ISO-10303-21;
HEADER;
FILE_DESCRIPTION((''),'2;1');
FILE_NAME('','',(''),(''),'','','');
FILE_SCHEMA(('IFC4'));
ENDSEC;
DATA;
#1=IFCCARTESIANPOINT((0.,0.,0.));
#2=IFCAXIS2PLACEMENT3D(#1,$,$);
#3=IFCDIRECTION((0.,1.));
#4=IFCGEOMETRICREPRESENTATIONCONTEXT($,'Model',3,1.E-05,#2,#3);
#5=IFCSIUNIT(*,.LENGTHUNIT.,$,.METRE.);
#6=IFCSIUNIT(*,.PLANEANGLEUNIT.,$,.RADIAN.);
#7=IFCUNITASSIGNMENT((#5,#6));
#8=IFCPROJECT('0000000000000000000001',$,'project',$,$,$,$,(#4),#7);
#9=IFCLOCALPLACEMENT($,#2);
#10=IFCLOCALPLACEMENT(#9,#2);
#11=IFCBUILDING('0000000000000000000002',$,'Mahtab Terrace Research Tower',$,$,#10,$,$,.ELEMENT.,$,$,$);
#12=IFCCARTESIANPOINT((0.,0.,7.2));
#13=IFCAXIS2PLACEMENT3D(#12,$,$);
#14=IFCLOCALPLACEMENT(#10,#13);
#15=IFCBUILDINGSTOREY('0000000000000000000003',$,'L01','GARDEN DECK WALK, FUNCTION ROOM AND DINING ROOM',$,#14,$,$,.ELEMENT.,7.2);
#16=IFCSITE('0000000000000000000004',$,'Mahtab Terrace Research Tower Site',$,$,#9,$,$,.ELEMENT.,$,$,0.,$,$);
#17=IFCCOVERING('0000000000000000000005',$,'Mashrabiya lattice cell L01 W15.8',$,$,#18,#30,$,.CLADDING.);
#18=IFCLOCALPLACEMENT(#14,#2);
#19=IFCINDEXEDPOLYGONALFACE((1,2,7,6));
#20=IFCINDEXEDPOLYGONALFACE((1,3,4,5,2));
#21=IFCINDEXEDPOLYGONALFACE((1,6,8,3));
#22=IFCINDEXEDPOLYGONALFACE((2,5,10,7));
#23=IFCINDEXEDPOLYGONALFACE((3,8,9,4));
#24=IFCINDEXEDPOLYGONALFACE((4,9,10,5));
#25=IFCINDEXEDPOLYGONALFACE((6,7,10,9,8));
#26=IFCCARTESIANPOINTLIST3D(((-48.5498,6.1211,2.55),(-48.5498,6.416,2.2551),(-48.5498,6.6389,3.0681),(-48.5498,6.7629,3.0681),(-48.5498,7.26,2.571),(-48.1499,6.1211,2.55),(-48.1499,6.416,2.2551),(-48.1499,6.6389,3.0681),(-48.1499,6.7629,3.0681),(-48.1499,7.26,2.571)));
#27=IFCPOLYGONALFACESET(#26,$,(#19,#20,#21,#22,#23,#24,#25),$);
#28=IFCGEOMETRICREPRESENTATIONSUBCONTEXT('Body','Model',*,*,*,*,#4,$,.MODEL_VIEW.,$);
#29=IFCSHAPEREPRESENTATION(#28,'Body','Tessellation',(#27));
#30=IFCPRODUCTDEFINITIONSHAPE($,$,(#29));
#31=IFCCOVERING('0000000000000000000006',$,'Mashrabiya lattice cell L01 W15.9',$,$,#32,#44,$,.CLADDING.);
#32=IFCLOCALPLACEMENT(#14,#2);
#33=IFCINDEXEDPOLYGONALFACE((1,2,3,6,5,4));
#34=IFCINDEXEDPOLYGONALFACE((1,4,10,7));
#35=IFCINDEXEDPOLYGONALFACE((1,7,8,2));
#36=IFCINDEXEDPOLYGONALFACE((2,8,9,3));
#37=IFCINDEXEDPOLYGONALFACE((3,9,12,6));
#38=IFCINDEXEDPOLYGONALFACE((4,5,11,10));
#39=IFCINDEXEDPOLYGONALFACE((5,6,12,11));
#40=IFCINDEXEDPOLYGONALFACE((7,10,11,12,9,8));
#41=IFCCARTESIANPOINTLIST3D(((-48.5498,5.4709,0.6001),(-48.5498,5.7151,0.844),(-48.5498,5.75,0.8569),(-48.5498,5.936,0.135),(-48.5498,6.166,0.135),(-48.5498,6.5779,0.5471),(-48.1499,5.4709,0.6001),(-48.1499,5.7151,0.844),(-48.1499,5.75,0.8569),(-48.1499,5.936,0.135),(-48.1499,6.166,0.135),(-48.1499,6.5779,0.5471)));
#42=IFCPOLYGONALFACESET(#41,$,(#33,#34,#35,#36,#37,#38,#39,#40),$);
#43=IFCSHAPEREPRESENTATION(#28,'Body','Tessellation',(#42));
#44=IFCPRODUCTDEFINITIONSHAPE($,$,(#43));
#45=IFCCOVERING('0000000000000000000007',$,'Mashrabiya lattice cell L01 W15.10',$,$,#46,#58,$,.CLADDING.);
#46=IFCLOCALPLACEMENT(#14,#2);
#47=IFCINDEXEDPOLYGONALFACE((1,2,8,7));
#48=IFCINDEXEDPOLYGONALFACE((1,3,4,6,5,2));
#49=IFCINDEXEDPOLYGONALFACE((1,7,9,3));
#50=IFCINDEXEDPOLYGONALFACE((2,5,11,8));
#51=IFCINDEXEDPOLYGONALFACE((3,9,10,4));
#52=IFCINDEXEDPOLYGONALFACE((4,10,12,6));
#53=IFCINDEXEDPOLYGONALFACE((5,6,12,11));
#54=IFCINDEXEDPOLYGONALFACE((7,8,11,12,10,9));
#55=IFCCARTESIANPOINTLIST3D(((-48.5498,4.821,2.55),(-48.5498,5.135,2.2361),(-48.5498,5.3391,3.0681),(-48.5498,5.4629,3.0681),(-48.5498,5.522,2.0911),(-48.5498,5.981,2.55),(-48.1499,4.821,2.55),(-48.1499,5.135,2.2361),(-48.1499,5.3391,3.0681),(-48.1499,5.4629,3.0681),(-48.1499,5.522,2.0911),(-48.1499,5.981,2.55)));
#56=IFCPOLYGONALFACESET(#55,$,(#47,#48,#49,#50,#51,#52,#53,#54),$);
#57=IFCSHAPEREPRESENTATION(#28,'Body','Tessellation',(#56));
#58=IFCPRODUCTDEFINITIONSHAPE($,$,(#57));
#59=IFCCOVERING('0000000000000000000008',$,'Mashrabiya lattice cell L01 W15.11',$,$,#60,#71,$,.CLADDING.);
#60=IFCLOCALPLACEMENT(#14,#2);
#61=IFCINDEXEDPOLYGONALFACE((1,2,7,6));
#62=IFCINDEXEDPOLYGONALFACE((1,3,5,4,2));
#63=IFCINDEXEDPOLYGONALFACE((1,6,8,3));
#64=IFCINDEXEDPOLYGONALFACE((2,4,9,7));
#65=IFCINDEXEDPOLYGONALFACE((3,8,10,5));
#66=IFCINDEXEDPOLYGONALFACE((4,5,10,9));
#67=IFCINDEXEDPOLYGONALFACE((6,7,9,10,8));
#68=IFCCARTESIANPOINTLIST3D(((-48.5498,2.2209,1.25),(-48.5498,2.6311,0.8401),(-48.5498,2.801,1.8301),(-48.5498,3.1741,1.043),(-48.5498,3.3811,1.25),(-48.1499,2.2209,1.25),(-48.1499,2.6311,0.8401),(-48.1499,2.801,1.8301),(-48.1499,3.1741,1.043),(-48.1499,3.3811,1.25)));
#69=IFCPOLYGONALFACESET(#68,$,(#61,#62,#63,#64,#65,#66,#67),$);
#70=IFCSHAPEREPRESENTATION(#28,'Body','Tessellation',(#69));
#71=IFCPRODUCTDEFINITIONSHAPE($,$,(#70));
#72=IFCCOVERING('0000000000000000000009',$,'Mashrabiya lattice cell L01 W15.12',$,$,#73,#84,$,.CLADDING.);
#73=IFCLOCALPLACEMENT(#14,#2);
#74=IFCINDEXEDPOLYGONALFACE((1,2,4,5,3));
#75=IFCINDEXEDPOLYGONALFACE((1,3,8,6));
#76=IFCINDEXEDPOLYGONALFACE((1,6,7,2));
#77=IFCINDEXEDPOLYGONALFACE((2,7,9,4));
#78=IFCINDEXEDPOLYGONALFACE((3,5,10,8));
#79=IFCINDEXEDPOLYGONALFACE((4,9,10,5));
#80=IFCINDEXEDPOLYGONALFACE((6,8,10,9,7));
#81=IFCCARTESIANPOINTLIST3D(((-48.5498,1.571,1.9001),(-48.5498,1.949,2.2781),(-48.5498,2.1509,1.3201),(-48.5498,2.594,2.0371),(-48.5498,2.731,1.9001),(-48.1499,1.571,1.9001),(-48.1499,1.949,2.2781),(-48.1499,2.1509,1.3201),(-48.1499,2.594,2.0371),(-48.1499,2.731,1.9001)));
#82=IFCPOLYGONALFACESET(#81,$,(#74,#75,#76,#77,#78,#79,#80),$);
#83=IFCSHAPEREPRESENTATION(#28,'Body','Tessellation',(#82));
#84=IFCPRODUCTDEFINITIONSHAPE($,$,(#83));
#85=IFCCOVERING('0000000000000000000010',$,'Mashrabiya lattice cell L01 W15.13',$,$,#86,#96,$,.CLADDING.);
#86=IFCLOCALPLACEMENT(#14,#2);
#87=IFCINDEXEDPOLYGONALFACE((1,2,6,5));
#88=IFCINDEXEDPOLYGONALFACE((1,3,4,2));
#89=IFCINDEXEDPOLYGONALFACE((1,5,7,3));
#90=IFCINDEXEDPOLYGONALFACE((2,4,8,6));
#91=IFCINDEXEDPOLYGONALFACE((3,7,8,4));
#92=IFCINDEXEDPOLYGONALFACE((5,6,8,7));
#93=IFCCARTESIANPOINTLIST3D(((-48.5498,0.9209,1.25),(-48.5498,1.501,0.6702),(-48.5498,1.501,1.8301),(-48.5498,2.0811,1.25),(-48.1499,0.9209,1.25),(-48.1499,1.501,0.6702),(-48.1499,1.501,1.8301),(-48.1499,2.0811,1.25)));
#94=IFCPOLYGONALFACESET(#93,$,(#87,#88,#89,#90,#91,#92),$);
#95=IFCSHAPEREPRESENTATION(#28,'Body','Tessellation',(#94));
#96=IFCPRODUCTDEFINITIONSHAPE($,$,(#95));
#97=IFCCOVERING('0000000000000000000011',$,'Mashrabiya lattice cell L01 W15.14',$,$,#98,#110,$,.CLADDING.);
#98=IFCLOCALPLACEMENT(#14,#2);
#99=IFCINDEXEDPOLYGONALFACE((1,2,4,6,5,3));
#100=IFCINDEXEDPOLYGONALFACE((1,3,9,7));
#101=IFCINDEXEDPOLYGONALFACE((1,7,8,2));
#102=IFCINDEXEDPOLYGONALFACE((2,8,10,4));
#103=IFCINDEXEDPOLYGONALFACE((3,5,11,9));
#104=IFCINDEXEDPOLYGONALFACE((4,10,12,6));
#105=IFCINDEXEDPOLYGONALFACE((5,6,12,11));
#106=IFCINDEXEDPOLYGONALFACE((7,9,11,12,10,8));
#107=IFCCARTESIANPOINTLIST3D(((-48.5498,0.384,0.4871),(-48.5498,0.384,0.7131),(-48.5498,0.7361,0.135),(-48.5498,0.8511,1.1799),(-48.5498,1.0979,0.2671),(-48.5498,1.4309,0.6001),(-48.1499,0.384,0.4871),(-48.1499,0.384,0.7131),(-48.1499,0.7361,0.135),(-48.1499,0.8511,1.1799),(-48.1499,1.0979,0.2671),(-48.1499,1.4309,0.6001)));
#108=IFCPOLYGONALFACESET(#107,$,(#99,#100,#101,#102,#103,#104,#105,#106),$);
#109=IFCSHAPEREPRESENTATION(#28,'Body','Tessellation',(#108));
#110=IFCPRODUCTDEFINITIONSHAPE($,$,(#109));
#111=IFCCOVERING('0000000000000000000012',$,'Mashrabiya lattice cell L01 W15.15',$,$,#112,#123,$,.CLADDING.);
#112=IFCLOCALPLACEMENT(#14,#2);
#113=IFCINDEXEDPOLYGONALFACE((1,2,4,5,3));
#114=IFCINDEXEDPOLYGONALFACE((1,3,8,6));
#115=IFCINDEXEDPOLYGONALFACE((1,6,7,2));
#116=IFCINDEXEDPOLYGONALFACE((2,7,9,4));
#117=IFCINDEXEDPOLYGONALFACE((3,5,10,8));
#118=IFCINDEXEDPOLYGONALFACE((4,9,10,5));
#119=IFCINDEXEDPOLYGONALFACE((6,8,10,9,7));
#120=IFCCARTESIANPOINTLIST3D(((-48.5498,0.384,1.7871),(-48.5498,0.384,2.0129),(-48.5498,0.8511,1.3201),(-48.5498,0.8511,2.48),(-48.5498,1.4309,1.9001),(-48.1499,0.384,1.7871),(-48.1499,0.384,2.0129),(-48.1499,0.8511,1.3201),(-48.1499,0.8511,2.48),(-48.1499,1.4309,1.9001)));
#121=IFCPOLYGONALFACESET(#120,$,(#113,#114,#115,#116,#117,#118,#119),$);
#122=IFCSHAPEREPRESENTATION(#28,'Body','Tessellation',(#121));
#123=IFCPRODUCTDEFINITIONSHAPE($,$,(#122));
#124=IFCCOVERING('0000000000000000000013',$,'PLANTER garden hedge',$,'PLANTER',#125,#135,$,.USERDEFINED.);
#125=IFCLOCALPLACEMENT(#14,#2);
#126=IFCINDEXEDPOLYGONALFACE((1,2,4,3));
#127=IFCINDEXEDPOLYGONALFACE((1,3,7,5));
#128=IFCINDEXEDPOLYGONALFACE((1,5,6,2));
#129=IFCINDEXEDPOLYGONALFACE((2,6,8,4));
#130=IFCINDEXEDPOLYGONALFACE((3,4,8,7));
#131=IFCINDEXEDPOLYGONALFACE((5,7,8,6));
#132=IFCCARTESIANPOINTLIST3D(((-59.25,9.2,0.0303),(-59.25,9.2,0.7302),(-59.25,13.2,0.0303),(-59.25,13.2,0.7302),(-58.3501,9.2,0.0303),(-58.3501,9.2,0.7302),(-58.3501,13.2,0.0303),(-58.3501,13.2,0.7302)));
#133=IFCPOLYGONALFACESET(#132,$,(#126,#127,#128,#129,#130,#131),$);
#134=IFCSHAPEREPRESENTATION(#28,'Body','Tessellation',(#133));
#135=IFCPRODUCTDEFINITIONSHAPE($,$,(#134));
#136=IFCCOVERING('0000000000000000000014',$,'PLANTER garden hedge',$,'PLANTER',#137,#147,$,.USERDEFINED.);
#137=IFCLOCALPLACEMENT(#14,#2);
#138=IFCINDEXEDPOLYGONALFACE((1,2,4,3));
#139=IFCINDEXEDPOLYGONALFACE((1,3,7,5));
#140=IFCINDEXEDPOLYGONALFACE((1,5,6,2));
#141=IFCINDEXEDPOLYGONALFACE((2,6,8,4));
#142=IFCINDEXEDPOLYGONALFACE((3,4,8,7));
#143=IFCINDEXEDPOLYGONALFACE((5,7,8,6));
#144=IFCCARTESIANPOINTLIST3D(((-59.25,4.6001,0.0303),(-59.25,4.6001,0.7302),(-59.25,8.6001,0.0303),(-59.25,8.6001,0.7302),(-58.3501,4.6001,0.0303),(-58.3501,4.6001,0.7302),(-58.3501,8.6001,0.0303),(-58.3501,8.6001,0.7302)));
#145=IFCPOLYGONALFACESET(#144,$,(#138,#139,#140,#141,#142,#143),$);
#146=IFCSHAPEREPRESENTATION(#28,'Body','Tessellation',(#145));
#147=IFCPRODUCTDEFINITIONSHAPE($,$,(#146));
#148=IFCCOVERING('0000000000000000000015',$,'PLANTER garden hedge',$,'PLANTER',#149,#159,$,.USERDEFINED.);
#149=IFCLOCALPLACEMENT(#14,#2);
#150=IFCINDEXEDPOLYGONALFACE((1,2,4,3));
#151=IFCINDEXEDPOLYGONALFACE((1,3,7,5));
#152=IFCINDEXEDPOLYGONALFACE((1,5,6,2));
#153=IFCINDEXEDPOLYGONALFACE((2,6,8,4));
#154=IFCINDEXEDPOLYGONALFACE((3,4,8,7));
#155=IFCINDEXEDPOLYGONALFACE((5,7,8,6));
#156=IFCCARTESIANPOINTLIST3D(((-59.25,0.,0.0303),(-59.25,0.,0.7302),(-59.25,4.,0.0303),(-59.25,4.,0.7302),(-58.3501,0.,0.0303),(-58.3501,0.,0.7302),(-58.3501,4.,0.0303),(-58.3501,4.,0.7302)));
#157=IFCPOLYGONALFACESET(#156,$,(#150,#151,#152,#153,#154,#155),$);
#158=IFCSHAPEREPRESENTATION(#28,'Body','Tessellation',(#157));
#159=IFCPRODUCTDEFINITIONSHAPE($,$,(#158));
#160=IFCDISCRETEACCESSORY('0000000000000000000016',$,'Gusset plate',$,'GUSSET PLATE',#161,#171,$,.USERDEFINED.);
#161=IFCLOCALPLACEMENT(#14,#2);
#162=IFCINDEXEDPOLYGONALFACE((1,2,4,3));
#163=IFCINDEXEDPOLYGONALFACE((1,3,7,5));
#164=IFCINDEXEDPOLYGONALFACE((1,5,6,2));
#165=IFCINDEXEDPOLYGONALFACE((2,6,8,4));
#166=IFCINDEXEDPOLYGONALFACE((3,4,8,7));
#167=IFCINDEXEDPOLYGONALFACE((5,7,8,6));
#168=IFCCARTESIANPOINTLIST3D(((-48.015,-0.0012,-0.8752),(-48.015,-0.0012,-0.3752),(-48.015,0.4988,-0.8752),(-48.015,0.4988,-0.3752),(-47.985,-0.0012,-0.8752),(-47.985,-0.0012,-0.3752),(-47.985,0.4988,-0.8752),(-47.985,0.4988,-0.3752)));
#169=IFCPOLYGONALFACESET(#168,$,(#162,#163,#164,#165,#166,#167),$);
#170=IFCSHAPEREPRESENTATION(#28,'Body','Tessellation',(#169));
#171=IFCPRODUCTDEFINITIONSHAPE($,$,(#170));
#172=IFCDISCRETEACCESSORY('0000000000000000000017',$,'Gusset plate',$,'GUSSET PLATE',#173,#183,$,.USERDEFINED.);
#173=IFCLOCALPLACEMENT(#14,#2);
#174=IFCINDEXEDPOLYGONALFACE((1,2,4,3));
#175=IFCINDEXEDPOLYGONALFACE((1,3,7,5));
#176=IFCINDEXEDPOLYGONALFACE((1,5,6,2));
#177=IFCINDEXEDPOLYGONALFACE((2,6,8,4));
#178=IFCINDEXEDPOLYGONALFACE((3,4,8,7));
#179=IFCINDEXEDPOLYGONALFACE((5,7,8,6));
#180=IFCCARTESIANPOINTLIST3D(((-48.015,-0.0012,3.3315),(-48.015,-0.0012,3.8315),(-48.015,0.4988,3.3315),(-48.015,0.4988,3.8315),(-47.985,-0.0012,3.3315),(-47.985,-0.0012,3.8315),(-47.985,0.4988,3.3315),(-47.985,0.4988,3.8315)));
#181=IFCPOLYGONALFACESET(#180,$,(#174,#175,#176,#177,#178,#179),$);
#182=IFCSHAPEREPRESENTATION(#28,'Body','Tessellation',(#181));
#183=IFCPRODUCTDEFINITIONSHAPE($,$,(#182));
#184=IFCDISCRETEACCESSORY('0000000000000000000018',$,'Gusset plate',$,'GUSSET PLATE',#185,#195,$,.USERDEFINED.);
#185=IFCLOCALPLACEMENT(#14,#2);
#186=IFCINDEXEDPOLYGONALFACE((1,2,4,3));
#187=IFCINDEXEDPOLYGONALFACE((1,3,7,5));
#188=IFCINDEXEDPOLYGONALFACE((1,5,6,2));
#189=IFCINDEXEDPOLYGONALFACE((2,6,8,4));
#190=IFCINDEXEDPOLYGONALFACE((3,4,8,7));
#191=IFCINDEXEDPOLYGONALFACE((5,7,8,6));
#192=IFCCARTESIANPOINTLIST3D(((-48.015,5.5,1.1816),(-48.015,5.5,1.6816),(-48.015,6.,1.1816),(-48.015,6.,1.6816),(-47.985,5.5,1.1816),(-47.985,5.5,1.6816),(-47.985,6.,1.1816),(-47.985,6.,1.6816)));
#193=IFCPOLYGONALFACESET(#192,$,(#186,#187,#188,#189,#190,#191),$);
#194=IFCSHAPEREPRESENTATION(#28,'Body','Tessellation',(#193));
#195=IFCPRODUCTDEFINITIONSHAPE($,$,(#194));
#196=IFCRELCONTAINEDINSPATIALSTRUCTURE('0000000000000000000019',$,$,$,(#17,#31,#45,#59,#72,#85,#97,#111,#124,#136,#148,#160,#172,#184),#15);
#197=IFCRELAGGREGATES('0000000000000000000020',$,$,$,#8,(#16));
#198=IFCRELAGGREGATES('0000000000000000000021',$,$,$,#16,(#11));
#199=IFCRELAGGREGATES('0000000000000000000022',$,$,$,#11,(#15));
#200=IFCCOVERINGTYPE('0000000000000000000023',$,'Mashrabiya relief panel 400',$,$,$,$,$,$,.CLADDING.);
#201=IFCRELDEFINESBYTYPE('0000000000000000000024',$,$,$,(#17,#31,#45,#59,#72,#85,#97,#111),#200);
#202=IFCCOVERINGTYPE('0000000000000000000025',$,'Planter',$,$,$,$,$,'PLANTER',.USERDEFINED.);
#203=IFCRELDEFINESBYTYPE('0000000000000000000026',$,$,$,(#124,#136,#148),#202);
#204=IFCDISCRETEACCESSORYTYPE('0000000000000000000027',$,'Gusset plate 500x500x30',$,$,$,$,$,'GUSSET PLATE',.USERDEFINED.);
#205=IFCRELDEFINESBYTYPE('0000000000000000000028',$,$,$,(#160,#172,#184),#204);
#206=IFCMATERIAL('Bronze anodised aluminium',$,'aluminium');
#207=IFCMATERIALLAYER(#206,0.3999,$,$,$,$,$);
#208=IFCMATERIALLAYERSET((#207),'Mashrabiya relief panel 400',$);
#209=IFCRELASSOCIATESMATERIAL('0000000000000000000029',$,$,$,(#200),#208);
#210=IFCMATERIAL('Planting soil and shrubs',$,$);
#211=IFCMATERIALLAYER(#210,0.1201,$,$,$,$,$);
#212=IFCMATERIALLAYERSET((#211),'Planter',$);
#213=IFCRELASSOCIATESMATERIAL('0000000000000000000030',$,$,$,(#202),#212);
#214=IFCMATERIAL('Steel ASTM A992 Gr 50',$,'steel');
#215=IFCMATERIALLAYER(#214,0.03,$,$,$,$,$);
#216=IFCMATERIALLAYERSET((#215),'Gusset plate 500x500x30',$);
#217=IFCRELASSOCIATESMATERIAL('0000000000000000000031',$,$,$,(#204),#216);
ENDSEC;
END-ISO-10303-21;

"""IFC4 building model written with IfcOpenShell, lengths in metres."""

from ifc_helpers import new_model, si_unit, direction, frame, origin, origin_2d, place, context, subcontext, project, spatial, polyline, rectangle, outline, extrude, material, layer, layer_set, type_object, element, save


model = new_model("IFC4")

# Units and contexts
model_context = context("Model", 3, precision=1e-05, world=origin(), true_north=direction((0.0, 1.0)))
body_context = subcontext(model_context, "Body", "Model", "MODEL_VIEW")
ifc_project = project(units=[si_unit("LENGTHUNIT", "METRE"), si_unit("PLANEANGLEUNIT", "RADIAN")], contexts=[model_context])

# Site, building, storey
site_placement = place(None, origin())
site = spatial("IfcSite", under=ifc_project, at=site_placement, Name="Mahtab Terrace Research Tower Site", CompositionType="ELEMENT", RefElevation=0.0)
building_placement = place(site_placement, origin())
building = spatial("IfcBuilding", under=site, at=building_placement, Name="Mahtab Terrace Research Tower", CompositionType="ELEMENT")
storey_placement = place(building_placement, frame((0.0, 0.0, 7.2)))
storey = spatial("IfcBuildingStorey", under=building, at=storey_placement, Name="L01", Description="GARDEN DECK WALK, FUNCTION ROOM AND DINING ROOM", CompositionType="ELEMENT", Elevation=7.2)

# Shared definitions
ifc_material_1 = material(Name="Steel ASTM A992 Gr 50", Category="steel")

# Coverings
ifc_material_2 = material(Name="Bronze anodised aluminium", Category="aluminium")
ifc_layer_1 = layer(ifc_material_2, 0.3999)
ifc_layer_set_1 = layer_set([ifc_layer_1], Name="Mashrabiya relief panel 400")
covering_type_1 = type_object("IfcCoveringType", Name="Mashrabiya relief panel 400", PredefinedType="CLADDING", material=ifc_layer_set_1)
covering_1_placement = place(storey_placement, frame((-48.1499, 6.1211, 2.55), z_axis=(1.0, 0.0, 0.0), x_axis=(0.0, 0.707107, -0.707107)))
element("IfcCovering", 1, at=covering_1_placement, inside=storey, type_object=covering_type_1, Name="Mashrabiya lattice cell L01 W15.8", PredefinedType="CLADDING", context=body_context, shape_type="SweptSolid", body=[
    extrude(outline(polyline([(0.0, 0.0), (0.4171, 0.0), (0.7905, 0.8202), (0.0875, 0.8202), (-0.0002, 0.7325), (0.0, 0.0)])), origin(), (0.0, 0.0, -1.0), 0.3999),
])
covering_2_placement = place(storey_placement, frame((-48.1499, 6.5779, 0.5471), z_axis=(1.0, 0.0, 0.0), x_axis=(0.0, -0.936567, 0.350488)))
element("IfcCovering", 2, at=covering_2_placement, inside=storey, type_object=covering_type_1, Name="Mashrabiya lattice cell L01 W15.9", PredefinedType="CLADDING", context=body_context, shape_type="SweptSolid", body=[
    extrude(outline(polyline([(0.0, 0.0), (0.884, 0.0), (0.9121, 0.0244), (1.0553, 0.3383), (0.4567, 0.6109), (0.2413, 0.5303), (0.0, 0.0)])), origin(), (0.0, 0.0, -1.0), 0.3999),
])
covering_3_placement = place(storey_placement, frame((-48.1499, 5.981, 2.55), z_axis=(1.0, 0.0, 0.0), x_axis=(0.0, -0.707107, 0.707107)))
element("IfcCovering", 3, at=covering_3_placement, inside=storey, type_object=covering_type_1, Name="Mashrabiya lattice cell L01 W15.10", PredefinedType="CLADDING", context=body_context, shape_type="SweptSolid", body=[
    extrude(outline(polyline([(0.0, 0.0), (0.7327, 0.0), (0.8202, 0.0875), (0.8202, 0.8202), (0.3762, 0.8202), (0.0, 0.6491), (0.0, 0.0)])), origin(), (0.0, 0.0, -1.0), 0.3999),
])
covering_4_placement = place(storey_placement, frame((-48.1499, 3.3811, 1.25), z_axis=(1.0, 0.0, 0.0), x_axis=(0.0, -0.707107, 0.707107)))
element("IfcCovering", 4, at=covering_4_placement, inside=storey, type_object=covering_type_1, Name="Mashrabiya lattice cell L01 W15.11", PredefinedType="CLADDING", context=body_context, shape_type="SweptSolid", body=[
    extrude(outline(polyline([(0.0, 0.0), (0.8204, 0.0), (0.8204, 0.8204), (0.2405, 0.8202), (0.0, 0.2928), (0.0, 0.0)])), origin(), (0.0, 0.0, -1.0), 0.3999),
])
covering_5_placement = place(storey_placement, frame((-48.1499, 1.571, 1.9001), z_axis=(1.0, 0.0, 0.0), x_axis=(0.0, 0.706958, -0.707256)))
element("IfcCovering", 5, at=covering_5_placement, inside=storey, type_object=covering_type_1, Name="Mashrabiya lattice cell L01 W15.12", PredefinedType="CLADDING", context=body_context, shape_type="SweptSolid", body=[
    extrude(outline(polyline([(0.0, 0.0), (0.8202, 0.0), (0.82, 0.8204), (0.6263, 0.8203), (-0.0001, 0.5345), (0.0, 0.0)])), origin(), (0.0, 0.0, -1.0), 0.3999),
])
covering_6_placement = place(storey_placement, frame((-48.1499, 1.501, 1.8301), z_axis=(1.0, 0.0, 0.0), x_axis=(0.0, -0.707107, -0.707107)))
element("IfcCovering", 6, at=covering_6_placement, inside=storey, type_object=covering_type_1, Name="Mashrabiya lattice cell L01 W15.13", PredefinedType="CLADDING", context=body_context, shape_type="SweptSolid", body=[
    extrude(outline(polyline([(0.0, 0.0), (0.8204, 0.0), (0.8202, 0.8202), (0.0, 0.8204), (0.0, 0.0)])), origin(), (0.0, 0.0, -1.0), 0.3999),
])
covering_7_placement = place(storey_placement, frame((-48.1499, 1.4309, 0.6001), z_axis=(1.0, 0.0, 0.0), x_axis=(0.0, -0.707107, 0.707107)))
element("IfcCovering", 7, at=covering_7_placement, inside=storey, type_object=covering_type_1, Name="Mashrabiya lattice cell L01 W15.14", PredefinedType="CLADDING", context=body_context, shape_type="SweptSolid", body=[
    extrude(outline(polyline([(0.0, 0.0), (0.82, 0.0), (0.8202, 0.6603), (0.6603, 0.8202), (0.1624, 0.8202), (0.0, 0.4709), (0.0, 0.0)])), origin(), (0.0, 0.0, -1.0), 0.3999),
])
covering_8_placement = place(storey_placement, frame((-48.1499, 0.8511, 1.3201), z_axis=(1.0, 0.0, 0.0), x_axis=(0.0, 0.706958, 0.707256)))
element("IfcCovering", 8, at=covering_8_placement, inside=storey, type_object=covering_type_1, Name="Mashrabiya lattice cell L01 W15.15", PredefinedType="CLADDING", context=body_context, shape_type="SweptSolid", body=[
    extrude(outline(polyline([(0.0, 0.0), (0.8202, 0.0), (0.8204, 0.82), (0.1599, 0.8201), (0.0001, 0.6605), (0.0, 0.0)])), origin(), (0.0, 0.0, -1.0), 0.3999),
])
ifc_material_3 = material(Name="Planting soil and shrubs")
ifc_layer_2 = layer(ifc_material_3, 0.1201)
ifc_layer_set_2 = layer_set([ifc_layer_2], Name="Planter")
covering_type_2 = type_object("IfcCoveringType", Name="Planter", ElementType="PLANTER", PredefinedType="USERDEFINED", material=ifc_layer_set_2)
for number, where, z_axis, x_axis, name in (
    (9, (-58.8, 11.2, 0.0303), (0.0, 0.0, 1.0), (0.0, -1.0, 0.0), "PLANTER garden hedge"),
    (10, (-58.8, 6.6001, 0.0303), (0.0, 0.0, 1.0), (0.0, -1.0, 0.0), "PLANTER garden hedge"),
    (11, (-58.8, 2.0, 0.0303), (0.0, 0.0, 1.0), (0.0, -1.0, 0.0), "PLANTER garden hedge"),
):
    element("IfcCovering", number, at=place(storey_placement, frame(where, z_axis=z_axis, x_axis=x_axis)), inside=storey, type_object=covering_type_2, Name=name, ObjectType="PLANTER", PredefinedType="USERDEFINED", context=body_context, shape_type="SweptSolid", body=[
        extrude(rectangle(XDim=4.0, YDim=0.8999, at=origin_2d()), origin(), (0.0, 0.0, 1.0), 0.7),
    ])

# Discrete accessories
ifc_layer_3 = layer(ifc_material_1, 0.03)
ifc_layer_set_3 = layer_set([ifc_layer_3], Name="Gusset plate 500x500x30")
discrete_accessory_type = type_object("IfcDiscreteAccessoryType", Name="Gusset plate 500x500x30", ElementType="GUSSET PLATE", PredefinedType="USERDEFINED", material=ifc_layer_set_3)
for number, where, z_axis, x_axis, name in (
    (12, (-48.0, 0.2488, -0.8752), (0.0, 0.0, 1.0), (0.0, 1.0, 0.0), "Gusset plate"),
    (13, (-48.0, 0.2488, 3.3315), (0.0, 0.0, 1.0), (0.0, 1.0, 0.0), "Gusset plate"),
    (14, (-48.0, 5.75, 1.1816), (0.0, 0.0, 1.0), (0.0, 1.0, 0.0), "Gusset plate"),
):
    element("IfcDiscreteAccessory", number, at=place(storey_placement, frame(where, z_axis=z_axis, x_axis=x_axis)), inside=storey, type_object=discrete_accessory_type, Name=name, ObjectType="GUSSET PLATE", PredefinedType="USERDEFINED", context=body_context, shape_type="SweptSolid", body=[
        extrude(rectangle(XDim=0.5, YDim=0.03, at=origin_2d()), origin(), (0.0, 0.0, 1.0), 0.5),
    ])

save(model, "model.ifc")
